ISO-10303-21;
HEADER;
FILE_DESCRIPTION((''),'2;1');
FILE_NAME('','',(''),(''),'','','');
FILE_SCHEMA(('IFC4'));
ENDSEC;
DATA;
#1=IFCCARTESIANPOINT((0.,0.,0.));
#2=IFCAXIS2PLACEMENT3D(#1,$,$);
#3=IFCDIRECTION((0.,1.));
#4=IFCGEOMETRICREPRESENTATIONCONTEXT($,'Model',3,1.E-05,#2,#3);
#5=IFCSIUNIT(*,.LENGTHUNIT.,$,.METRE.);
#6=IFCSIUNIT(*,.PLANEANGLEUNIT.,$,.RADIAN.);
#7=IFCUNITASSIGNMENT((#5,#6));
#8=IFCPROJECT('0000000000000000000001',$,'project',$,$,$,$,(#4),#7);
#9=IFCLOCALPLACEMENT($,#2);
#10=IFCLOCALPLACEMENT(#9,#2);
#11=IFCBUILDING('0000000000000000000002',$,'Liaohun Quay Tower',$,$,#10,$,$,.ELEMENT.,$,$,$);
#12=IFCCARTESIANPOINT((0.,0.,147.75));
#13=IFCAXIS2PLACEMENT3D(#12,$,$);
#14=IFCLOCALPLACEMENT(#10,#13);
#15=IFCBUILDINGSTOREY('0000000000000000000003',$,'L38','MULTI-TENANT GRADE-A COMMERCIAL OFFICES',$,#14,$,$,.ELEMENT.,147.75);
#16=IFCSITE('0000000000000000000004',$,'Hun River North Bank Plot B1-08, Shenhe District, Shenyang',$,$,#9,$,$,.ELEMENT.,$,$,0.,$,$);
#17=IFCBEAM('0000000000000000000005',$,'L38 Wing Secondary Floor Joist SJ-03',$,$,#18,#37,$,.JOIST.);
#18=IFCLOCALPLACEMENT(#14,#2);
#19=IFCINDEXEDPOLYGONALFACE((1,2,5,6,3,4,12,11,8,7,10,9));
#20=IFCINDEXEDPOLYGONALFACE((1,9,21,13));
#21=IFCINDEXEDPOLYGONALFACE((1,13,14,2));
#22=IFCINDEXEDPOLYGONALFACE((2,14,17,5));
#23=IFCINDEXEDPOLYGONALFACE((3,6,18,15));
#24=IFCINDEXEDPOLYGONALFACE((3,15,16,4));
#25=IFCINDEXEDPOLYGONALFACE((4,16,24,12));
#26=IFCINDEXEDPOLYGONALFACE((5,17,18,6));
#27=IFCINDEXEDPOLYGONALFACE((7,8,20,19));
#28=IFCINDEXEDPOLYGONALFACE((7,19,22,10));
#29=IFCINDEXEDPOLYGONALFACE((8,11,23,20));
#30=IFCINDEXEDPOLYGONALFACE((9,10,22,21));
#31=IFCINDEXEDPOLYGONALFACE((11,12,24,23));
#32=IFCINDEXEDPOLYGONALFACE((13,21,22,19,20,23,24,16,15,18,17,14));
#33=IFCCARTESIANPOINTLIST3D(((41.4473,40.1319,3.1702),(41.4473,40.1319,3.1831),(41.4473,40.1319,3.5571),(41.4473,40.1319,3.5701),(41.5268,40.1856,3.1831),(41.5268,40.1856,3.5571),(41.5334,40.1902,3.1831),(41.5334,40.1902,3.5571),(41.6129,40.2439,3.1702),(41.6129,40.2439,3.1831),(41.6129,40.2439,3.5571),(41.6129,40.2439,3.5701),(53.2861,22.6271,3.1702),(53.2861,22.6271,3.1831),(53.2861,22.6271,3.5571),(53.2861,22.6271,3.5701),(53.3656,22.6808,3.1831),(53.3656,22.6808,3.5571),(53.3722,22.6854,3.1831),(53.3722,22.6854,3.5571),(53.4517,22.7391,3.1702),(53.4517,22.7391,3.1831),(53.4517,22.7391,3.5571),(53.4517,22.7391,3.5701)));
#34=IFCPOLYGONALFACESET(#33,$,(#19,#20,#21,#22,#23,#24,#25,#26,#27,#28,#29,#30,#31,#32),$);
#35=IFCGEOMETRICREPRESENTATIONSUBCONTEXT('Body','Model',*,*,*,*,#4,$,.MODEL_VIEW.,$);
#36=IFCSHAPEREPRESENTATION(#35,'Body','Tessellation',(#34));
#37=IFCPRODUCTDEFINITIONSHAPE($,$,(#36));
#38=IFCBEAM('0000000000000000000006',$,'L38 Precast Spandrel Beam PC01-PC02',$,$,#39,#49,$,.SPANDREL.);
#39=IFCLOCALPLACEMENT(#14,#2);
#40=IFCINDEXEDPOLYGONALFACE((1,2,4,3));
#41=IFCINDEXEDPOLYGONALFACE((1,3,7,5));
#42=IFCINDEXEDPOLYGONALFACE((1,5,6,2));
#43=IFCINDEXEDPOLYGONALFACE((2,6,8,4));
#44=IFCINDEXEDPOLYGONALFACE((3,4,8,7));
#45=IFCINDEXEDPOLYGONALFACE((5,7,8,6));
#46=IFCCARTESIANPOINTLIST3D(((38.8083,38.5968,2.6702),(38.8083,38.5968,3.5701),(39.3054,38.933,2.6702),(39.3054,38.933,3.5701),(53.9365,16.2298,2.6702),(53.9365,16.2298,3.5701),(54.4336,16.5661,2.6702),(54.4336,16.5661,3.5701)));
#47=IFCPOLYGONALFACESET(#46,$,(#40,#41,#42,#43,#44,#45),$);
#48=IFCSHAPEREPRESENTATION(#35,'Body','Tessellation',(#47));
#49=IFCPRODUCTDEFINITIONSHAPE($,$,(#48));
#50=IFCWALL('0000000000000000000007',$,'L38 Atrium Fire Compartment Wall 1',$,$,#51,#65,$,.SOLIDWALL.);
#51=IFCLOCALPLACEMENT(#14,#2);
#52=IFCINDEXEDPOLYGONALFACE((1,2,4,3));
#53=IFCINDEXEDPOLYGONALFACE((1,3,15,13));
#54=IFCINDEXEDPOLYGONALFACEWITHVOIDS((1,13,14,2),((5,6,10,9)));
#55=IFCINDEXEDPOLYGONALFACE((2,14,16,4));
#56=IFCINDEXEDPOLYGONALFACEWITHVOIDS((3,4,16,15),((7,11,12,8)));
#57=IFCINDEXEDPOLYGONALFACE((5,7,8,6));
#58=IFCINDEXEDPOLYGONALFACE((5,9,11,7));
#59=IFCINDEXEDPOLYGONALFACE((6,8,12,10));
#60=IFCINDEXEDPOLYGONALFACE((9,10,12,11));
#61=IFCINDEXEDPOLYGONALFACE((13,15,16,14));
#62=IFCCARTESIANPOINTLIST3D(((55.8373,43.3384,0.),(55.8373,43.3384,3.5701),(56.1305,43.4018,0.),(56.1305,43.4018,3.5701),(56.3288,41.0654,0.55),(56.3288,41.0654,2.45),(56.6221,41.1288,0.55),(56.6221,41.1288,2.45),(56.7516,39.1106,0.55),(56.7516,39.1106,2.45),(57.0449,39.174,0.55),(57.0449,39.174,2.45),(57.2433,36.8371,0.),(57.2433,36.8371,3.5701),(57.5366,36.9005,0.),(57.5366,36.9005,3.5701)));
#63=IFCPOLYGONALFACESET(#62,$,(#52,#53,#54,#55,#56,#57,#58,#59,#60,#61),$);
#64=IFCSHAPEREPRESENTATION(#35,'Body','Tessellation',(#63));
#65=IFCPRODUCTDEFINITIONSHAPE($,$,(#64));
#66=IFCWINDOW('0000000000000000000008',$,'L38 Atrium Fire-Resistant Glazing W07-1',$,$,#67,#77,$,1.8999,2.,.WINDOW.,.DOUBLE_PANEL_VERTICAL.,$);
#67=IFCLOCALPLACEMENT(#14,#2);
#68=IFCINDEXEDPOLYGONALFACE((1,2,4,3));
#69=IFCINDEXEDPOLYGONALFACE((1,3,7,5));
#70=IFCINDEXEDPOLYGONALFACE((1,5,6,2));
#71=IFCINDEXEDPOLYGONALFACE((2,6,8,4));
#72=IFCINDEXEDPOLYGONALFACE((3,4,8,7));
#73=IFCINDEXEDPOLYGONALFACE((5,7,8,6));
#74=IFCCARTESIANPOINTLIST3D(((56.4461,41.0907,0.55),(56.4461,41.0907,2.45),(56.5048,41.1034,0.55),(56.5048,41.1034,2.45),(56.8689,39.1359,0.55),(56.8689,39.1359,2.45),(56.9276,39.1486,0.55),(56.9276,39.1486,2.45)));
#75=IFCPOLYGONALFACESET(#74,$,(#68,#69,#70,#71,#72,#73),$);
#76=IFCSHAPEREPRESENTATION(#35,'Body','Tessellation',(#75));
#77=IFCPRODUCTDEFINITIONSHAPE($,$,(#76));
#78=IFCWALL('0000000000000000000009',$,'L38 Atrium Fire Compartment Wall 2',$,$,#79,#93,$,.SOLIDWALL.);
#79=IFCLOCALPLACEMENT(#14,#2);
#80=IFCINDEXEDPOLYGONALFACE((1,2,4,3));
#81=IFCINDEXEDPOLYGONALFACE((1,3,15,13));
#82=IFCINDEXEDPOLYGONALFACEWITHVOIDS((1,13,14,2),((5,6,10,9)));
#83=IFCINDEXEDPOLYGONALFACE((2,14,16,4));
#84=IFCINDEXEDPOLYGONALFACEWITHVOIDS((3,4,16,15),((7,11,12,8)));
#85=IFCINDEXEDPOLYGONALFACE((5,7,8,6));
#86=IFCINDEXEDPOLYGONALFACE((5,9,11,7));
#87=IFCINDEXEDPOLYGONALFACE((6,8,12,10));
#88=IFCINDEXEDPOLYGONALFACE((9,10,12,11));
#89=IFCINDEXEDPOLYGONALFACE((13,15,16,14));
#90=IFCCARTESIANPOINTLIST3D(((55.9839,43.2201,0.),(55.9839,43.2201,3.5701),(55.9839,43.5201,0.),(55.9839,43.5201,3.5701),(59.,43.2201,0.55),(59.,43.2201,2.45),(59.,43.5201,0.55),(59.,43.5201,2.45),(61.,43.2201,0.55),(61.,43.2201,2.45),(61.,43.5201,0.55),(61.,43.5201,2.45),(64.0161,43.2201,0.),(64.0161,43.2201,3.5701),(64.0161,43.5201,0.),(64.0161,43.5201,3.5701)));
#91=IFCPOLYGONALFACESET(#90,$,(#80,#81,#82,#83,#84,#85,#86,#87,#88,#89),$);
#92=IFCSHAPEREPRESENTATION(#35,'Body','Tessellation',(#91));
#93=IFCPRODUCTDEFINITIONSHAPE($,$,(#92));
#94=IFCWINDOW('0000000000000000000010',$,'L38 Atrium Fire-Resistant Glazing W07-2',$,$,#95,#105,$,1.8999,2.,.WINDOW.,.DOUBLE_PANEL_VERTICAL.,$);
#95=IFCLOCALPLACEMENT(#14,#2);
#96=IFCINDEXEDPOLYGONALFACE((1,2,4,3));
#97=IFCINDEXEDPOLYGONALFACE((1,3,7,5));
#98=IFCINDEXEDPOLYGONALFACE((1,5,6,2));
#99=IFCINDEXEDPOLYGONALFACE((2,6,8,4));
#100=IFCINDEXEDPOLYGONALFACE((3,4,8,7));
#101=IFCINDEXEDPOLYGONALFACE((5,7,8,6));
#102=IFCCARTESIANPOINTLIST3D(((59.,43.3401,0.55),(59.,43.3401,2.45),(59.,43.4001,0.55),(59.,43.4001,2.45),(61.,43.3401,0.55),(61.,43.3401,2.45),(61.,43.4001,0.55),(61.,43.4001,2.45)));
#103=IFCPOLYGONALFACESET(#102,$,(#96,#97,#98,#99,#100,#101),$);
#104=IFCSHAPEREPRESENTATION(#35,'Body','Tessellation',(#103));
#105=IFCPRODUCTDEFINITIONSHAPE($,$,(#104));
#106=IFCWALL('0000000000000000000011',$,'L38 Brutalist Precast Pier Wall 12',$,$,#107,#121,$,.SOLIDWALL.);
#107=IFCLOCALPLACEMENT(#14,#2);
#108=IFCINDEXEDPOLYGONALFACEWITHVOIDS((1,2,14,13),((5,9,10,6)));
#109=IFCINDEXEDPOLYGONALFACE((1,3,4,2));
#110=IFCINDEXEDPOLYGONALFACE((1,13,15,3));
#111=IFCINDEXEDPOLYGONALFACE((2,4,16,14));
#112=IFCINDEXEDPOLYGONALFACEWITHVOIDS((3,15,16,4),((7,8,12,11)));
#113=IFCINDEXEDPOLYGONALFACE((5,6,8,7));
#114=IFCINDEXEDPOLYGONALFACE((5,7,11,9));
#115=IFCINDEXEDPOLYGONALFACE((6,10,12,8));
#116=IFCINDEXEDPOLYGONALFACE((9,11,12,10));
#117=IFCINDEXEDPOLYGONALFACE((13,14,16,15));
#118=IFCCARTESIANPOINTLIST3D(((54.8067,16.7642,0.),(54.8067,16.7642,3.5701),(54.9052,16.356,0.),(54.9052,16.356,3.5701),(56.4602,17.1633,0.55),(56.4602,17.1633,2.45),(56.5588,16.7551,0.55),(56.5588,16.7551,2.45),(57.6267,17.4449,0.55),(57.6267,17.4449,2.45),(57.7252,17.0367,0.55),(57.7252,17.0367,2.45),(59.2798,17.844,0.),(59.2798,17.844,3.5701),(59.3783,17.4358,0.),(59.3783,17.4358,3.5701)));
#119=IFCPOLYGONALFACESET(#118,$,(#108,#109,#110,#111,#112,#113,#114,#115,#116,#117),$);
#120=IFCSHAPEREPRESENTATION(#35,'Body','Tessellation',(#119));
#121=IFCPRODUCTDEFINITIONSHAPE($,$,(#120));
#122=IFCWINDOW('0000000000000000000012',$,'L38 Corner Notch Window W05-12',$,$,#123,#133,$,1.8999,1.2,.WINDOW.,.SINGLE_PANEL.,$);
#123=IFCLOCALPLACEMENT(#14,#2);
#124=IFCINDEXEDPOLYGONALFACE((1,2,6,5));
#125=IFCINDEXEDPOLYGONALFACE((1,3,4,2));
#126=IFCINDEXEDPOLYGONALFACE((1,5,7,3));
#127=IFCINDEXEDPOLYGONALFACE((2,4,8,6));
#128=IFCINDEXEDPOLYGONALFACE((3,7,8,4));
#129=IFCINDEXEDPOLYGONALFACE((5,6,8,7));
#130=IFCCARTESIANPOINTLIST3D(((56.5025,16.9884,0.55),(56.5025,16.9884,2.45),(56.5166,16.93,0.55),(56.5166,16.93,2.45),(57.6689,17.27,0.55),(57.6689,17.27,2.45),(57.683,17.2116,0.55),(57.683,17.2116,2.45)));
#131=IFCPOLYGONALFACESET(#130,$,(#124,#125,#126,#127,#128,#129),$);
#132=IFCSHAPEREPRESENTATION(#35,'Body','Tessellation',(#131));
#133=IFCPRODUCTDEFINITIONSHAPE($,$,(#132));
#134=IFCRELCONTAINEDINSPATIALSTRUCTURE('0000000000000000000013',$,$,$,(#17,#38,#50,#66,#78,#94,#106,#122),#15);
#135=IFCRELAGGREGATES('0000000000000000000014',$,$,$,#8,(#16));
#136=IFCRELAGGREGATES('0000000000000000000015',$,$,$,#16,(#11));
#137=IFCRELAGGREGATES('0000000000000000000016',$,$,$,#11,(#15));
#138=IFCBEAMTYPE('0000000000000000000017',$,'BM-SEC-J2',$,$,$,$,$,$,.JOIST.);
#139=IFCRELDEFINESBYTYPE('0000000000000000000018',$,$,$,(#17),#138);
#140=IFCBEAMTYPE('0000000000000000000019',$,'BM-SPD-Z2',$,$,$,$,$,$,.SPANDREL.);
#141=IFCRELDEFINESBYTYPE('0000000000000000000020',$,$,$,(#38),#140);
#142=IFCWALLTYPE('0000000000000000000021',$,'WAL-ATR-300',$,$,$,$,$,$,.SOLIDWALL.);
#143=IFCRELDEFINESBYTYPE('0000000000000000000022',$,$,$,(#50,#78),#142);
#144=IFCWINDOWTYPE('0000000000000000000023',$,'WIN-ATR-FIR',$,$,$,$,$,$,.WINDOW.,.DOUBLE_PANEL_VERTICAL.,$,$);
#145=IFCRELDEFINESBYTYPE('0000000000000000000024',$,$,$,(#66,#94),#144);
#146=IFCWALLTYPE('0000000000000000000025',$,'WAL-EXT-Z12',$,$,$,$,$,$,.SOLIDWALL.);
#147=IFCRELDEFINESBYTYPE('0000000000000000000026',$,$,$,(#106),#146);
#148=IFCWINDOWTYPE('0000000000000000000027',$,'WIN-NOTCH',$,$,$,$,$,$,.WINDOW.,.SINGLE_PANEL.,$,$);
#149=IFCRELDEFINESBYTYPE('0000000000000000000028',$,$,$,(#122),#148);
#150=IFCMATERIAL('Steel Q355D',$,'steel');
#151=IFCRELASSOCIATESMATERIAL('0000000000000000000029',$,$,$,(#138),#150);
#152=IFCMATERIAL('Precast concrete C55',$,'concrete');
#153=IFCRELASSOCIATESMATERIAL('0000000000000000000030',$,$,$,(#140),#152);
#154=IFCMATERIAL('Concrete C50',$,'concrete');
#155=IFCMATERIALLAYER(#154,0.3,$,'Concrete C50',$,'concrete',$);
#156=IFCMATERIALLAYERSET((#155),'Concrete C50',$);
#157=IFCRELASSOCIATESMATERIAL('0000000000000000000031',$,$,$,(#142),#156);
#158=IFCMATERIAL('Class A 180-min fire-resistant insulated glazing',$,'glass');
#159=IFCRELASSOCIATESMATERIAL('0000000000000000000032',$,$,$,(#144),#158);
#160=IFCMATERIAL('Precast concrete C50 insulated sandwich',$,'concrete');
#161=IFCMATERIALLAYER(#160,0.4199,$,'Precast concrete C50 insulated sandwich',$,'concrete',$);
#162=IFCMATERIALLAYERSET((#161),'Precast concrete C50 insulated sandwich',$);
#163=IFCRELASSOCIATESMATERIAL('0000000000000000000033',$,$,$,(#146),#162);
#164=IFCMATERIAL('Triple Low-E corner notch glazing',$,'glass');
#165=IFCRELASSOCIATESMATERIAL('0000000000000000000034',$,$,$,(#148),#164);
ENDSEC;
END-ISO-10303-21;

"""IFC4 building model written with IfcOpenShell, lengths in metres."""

from ifc_helpers import new_model, si_unit, direction, frame, frame_2d, origin, origin_2d, place, context, subcontext, project, spatial, rectangle, i_section, extrude, source, transform, mapped, material, layer, layer_set, material_profile, profile_set, type_object, element, fill, save


model = new_model("IFC4")

# Units and contexts
model_context = context("Model", 3, precision=1e-05, world=origin(), true_north=direction((0.0, 1.0)))
body_context = subcontext(model_context, "Body", "Model", "MODEL_VIEW")
ifc_project = project(units=[si_unit("LENGTHUNIT", "METRE"), si_unit("PLANEANGLEUNIT", "RADIAN")], contexts=[model_context])

# Site, building, storey
site_placement = place(None, origin())
site = spatial("IfcSite", under=ifc_project, at=site_placement, Name="Hun River North Bank Plot B1-08, Shenhe District, Shenyang", CompositionType="ELEMENT", RefElevation=0.0)
building_placement = place(site_placement, origin())
building = spatial("IfcBuilding", under=site, at=building_placement, Name="Liaohun Quay Tower", CompositionType="ELEMENT")
storey_placement = place(building_placement, frame((0.0, 0.0, 147.75)))
storey = spatial("IfcBuildingStorey", under=building, at=storey_placement, Name="L38", Description="MULTI-TENANT GRADE-A COMMERCIAL OFFICES", CompositionType="ELEMENT", Elevation=147.75)

# Beams
ifc_material_1 = material(Name="Steel Q355D", Category="steel")
ifc_material_profile_1 = material_profile(ifc_material_1, i_section(OverallWidth=0.2, OverallDepth=0.3999, WebThickness=0.0081, FlangeThickness=0.0129, at=origin_2d()), Name="HN400x200x8x13")
ifc_profile_set_1 = profile_set([ifc_material_profile_1], Name="Steel Q355D")
beam_type_1 = type_object("IfcBeamType", Name="BM-SEC-J2", PredefinedType="JOIST", material=ifc_profile_set_1)
shared_shape_1 = source(origin(), body_context, "Body", "SweptSolid", [
    extrude(i_section(OverallWidth=0.2, OverallDepth=0.3999, WebThickness=0.0081, FlangeThickness=0.0129, at=origin_2d()), origin(), (0.0, 0.0, 1.0), 21.1323),
])
beam_1_placement = place(storey_placement, frame((53.3689, 22.6831, 3.3701), z_axis=(-0.560223, 0.828342, 0.0), x_axis=(-0.828342, -0.560223, 0.0)))
element("IfcBeam", 1, at=beam_1_placement, inside=storey, type_object=beam_type_1, Name="L38 Wing Secondary Floor Joist SJ-03", PredefinedType="JOIST", context=body_context, shape_type="MappedRepresentation", body=[
    mapped(shared_shape_1, transform((0.0, 0.0, 0.0), x_axis=(1.0, 0.0, 0.0), y_axis=(0.0, 1.0, 0.0), z_axis=(0.0, 0.0, 1.0), scale=1.0)),
])
ifc_material_2 = material(Name="Precast concrete C55", Category="concrete")
ifc_material_profile_2 = material_profile(ifc_material_2, rectangle(XDim=0.6001, YDim=0.8999, at=origin_2d()), Name="RC600x900")
ifc_profile_set_2 = profile_set([ifc_material_profile_2], Name="Precast concrete C55")
beam_type_2 = type_object("IfcBeamType", Name="BM-SPD-Z2", PredefinedType="SPANDREL", material=ifc_profile_set_2)
shared_shape_2 = source(origin(), body_context, "Body", "SweptSolid", [
    extrude(rectangle(XDim=0.6001, YDim=0.8999, at=origin_2d()), origin(), (0.0, 0.0, 1.0), 27.0027),
])
beam_2_placement = place(storey_placement, frame((54.1851, 16.3979, 3.1201), z_axis=(-0.560248, 0.828325, 0.0), x_axis=(-0.828325, -0.560248, 0.0)))
element("IfcBeam", 2, at=beam_2_placement, inside=storey, type_object=beam_type_2, Name="L38 Precast Spandrel Beam PC01-PC02", PredefinedType="SPANDREL", context=body_context, shape_type="MappedRepresentation", body=[
    mapped(shared_shape_2, transform((0.0, 0.0, 0.0), x_axis=(1.0, 0.0, 0.0), y_axis=(0.0, 1.0, 0.0), z_axis=(0.0, 0.0, 1.0), scale=1.0)),
])

# Walls, openings, windows
ifc_material_3 = material(Name="Concrete C50", Category="concrete")
ifc_layer_1 = layer(ifc_material_3, 0.3, Name="Concrete C50", Category="concrete")
ifc_layer_set_1 = layer_set([ifc_layer_1], Name="Concrete C50")
wall_type_1 = type_object("IfcWallType", Name="WAL-ATR-300", PredefinedType="SOLIDWALL", material=ifc_layer_set_1)
wall_1_placement = place(storey_placement, frame((57.3899, 36.8689, 0.0), z_axis=(0.0, 0.0, 1.0), x_axis=(-0.211381, 0.977404, 0.0)))
wall_1 = element("IfcWall", 3, at=wall_1_placement, inside=storey, type_object=wall_type_1, Name="L38 Atrium Fire Compartment Wall 1", PredefinedType="SOLIDWALL", context=body_context, shape_type="SweptSolid", body=[
    extrude(rectangle(XDim=6.6516, YDim=0.3, at=frame_2d((3.3257, 0.0))), origin(), (0.0, 0.0, 1.0), 3.5701),
])
shared_shape_3 = source(origin(), body_context, "Body", "SweptSolid", [
    extrude(rectangle(XDim=2.0, YDim=1.8999, at=frame_2d((1.0, 0.95))), frame((0.0, 0.1599, 0.0), z_axis=(0.0, -1.0, 0.0), x_axis=(1.0, 0.0, 0.0)), (0.0, 0.0, 1.0), 0.3201),
])
opening_1_placement = place(wall_1_placement, frame((2.3259, 0.0, 0.55)))
opening_1 = element("IfcOpeningElement", 4, at=opening_1_placement, cuts=wall_1, PredefinedType="OPENING", context=body_context, shape_type="MappedRepresentation", body=[
    mapped(shared_shape_3, transform((0.0, 0.0, 0.0), x_axis=(1.0, 0.0, 0.0), y_axis=(0.0, 1.0, 0.0), z_axis=(0.0, 0.0, 1.0), scale=1.0)),
])
ifc_material_4 = material(Name="Class A 180-min fire-resistant insulated glazing", Category="glass")
window_type_1 = type_object("IfcWindowType", Name="WIN-ATR-FIR", PartitioningType="DOUBLE_PANEL_VERTICAL", PredefinedType="WINDOW", material=ifc_material_4)
shared_shape_4 = source(origin(), body_context, "Body", "SweptSolid", [
    extrude(rectangle(XDim=2.0, YDim=1.8999, at=frame_2d((1.0, 0.95))), frame((0.0, 0.03, 0.0), z_axis=(0.0, -1.0, 0.0), x_axis=(1.0, 0.0, 0.0)), (0.0, 0.0, 1.0), 0.0601),
])
window_1_placement = place(opening_1_placement, origin())
window_1 = element("IfcWindow", 5, at=window_1_placement, inside=storey, type_object=window_type_1, Name="L38 Atrium Fire-Resistant Glazing W07-1", OverallHeight=1.8999, OverallWidth=2.0, PartitioningType="DOUBLE_PANEL_VERTICAL", PredefinedType="WINDOW", context=body_context, shape_type="MappedRepresentation", body=[
    mapped(shared_shape_4, transform((0.0, 0.0, 0.0), x_axis=(1.0, 0.0, 0.0), y_axis=(0.0, 1.0, 0.0), z_axis=(0.0, 0.0, 1.0), scale=1.0)),
])
fill(opening_1, window_1)
wall_2_placement = place(storey_placement, frame((55.9839, 43.3701, 0.0), z_axis=(0.0, 0.0, 1.0), x_axis=(1.0, 0.0, 0.0)))
wall_2 = element("IfcWall", 6, at=wall_2_placement, inside=storey, type_object=wall_type_1, Name="L38 Atrium Fire Compartment Wall 2", PredefinedType="SOLIDWALL", context=body_context, shape_type="SweptSolid", body=[
    extrude(rectangle(XDim=8.0322, YDim=0.3, at=frame_2d((4.0161, 0.0))), origin(), (0.0, 0.0, 1.0), 3.5701),
])
opening_2_placement = place(wall_2_placement, frame((3.0161, 0.0, 0.55)))
opening_2 = element("IfcOpeningElement", 7, at=opening_2_placement, cuts=wall_2, PredefinedType="OPENING", context=body_context, shape_type="MappedRepresentation", body=[
    mapped(shared_shape_3, transform((0.0, 0.0, 0.0), x_axis=(1.0, 0.0, 0.0), y_axis=(0.0, 1.0, 0.0), z_axis=(0.0, 0.0, 1.0), scale=1.0)),
])
window_2_placement = place(opening_2_placement, origin())
window_2 = element("IfcWindow", 8, at=window_2_placement, inside=storey, type_object=window_type_1, Name="L38 Atrium Fire-Resistant Glazing W07-2", OverallHeight=1.8999, OverallWidth=2.0, PartitioningType="DOUBLE_PANEL_VERTICAL", PredefinedType="WINDOW", context=body_context, shape_type="MappedRepresentation", body=[
    mapped(shared_shape_4, transform((0.0, 0.0, 0.0), x_axis=(1.0, 0.0, 0.0), y_axis=(0.0, 1.0, 0.0), z_axis=(0.0, 0.0, 1.0), scale=1.0)),
])
fill(opening_2, window_2)
ifc_material_5 = material(Name="Precast concrete C50 insulated sandwich", Category="concrete")
ifc_layer_2 = layer(ifc_material_5, 0.4199, Name="Precast concrete C50 insulated sandwich", Category="concrete")
ifc_layer_set_2 = layer_set([ifc_layer_2], Name="Precast concrete C50 insulated sandwich")
wall_type_2 = type_object("IfcWallType", Name="WAL-EXT-Z12", PredefinedType="SOLIDWALL", material=ifc_layer_set_2)
wall_3_placement = place(storey_placement, frame((54.856, 16.5601, 0.0), z_axis=(0.0, 0.0, 1.0), x_axis=(0.972077, 0.234663, 0.0)))
wall_3 = element("IfcWall", 9, at=wall_3_placement, inside=storey, type_object=wall_type_2, Name="L38 Brutalist Precast Pier Wall 12", PredefinedType="SOLIDWALL", context=body_context, shape_type="SweptSolid", body=[
    extrude(rectangle(XDim=4.6016, YDim=0.4199, at=frame_2d((2.3008, 0.0))), origin(), (0.0, 0.0, 1.0), 3.5701),
])
shared_shape_5 = source(origin(), body_context, "Body", "SweptSolid", [
    extrude(rectangle(XDim=1.2, YDim=1.8999, at=frame_2d((0.6001, 0.95))), frame((0.0, 0.22, 0.0), z_axis=(0.0, -1.0, 0.0), x_axis=(1.0, 0.0, 0.0)), (0.0, 0.0, 1.0), 0.4399),
])
opening_3_placement = place(wall_3_placement, frame((1.7009, 0.0, 0.55)))
opening_3 = element("IfcOpeningElement", 10, at=opening_3_placement, cuts=wall_3, PredefinedType="OPENING", context=body_context, shape_type="MappedRepresentation", body=[
    mapped(shared_shape_5, transform((0.0, 0.0, 0.0), x_axis=(1.0, 0.0, 0.0), y_axis=(0.0, 1.0, 0.0), z_axis=(0.0, 0.0, 1.0), scale=1.0)),
])
ifc_material_6 = material(Name="Triple Low-E corner notch glazing", Category="glass")
window_type_2 = type_object("IfcWindowType", Name="WIN-NOTCH", PartitioningType="SINGLE_PANEL", PredefinedType="WINDOW", material=ifc_material_6)
shared_shape_6 = source(origin(), body_context, "Body", "SweptSolid", [
    extrude(rectangle(XDim=1.2, YDim=1.8999, at=frame_2d((0.6001, 0.95))), frame((0.0, 0.03, 0.0), z_axis=(0.0, -1.0, 0.0), x_axis=(1.0, 0.0, 0.0)), (0.0, 0.0, 1.0), 0.0601),
])
window_3_placement = place(opening_3_placement, origin())
window_3 = element("IfcWindow", 11, at=window_3_placement, inside=storey, type_object=window_type_2, Name="L38 Corner Notch Window W05-12", OverallHeight=1.8999, OverallWidth=1.2, PartitioningType="SINGLE_PANEL", PredefinedType="WINDOW", context=body_context, shape_type="MappedRepresentation", body=[
    mapped(shared_shape_6, transform((0.0, 0.0, 0.0), x_axis=(1.0, 0.0, 0.0), y_axis=(0.0, 1.0, 0.0), z_axis=(0.0, 0.0, 1.0), scale=1.0)),
])
fill(opening_3, window_3)

save(model, "model.ifc")
